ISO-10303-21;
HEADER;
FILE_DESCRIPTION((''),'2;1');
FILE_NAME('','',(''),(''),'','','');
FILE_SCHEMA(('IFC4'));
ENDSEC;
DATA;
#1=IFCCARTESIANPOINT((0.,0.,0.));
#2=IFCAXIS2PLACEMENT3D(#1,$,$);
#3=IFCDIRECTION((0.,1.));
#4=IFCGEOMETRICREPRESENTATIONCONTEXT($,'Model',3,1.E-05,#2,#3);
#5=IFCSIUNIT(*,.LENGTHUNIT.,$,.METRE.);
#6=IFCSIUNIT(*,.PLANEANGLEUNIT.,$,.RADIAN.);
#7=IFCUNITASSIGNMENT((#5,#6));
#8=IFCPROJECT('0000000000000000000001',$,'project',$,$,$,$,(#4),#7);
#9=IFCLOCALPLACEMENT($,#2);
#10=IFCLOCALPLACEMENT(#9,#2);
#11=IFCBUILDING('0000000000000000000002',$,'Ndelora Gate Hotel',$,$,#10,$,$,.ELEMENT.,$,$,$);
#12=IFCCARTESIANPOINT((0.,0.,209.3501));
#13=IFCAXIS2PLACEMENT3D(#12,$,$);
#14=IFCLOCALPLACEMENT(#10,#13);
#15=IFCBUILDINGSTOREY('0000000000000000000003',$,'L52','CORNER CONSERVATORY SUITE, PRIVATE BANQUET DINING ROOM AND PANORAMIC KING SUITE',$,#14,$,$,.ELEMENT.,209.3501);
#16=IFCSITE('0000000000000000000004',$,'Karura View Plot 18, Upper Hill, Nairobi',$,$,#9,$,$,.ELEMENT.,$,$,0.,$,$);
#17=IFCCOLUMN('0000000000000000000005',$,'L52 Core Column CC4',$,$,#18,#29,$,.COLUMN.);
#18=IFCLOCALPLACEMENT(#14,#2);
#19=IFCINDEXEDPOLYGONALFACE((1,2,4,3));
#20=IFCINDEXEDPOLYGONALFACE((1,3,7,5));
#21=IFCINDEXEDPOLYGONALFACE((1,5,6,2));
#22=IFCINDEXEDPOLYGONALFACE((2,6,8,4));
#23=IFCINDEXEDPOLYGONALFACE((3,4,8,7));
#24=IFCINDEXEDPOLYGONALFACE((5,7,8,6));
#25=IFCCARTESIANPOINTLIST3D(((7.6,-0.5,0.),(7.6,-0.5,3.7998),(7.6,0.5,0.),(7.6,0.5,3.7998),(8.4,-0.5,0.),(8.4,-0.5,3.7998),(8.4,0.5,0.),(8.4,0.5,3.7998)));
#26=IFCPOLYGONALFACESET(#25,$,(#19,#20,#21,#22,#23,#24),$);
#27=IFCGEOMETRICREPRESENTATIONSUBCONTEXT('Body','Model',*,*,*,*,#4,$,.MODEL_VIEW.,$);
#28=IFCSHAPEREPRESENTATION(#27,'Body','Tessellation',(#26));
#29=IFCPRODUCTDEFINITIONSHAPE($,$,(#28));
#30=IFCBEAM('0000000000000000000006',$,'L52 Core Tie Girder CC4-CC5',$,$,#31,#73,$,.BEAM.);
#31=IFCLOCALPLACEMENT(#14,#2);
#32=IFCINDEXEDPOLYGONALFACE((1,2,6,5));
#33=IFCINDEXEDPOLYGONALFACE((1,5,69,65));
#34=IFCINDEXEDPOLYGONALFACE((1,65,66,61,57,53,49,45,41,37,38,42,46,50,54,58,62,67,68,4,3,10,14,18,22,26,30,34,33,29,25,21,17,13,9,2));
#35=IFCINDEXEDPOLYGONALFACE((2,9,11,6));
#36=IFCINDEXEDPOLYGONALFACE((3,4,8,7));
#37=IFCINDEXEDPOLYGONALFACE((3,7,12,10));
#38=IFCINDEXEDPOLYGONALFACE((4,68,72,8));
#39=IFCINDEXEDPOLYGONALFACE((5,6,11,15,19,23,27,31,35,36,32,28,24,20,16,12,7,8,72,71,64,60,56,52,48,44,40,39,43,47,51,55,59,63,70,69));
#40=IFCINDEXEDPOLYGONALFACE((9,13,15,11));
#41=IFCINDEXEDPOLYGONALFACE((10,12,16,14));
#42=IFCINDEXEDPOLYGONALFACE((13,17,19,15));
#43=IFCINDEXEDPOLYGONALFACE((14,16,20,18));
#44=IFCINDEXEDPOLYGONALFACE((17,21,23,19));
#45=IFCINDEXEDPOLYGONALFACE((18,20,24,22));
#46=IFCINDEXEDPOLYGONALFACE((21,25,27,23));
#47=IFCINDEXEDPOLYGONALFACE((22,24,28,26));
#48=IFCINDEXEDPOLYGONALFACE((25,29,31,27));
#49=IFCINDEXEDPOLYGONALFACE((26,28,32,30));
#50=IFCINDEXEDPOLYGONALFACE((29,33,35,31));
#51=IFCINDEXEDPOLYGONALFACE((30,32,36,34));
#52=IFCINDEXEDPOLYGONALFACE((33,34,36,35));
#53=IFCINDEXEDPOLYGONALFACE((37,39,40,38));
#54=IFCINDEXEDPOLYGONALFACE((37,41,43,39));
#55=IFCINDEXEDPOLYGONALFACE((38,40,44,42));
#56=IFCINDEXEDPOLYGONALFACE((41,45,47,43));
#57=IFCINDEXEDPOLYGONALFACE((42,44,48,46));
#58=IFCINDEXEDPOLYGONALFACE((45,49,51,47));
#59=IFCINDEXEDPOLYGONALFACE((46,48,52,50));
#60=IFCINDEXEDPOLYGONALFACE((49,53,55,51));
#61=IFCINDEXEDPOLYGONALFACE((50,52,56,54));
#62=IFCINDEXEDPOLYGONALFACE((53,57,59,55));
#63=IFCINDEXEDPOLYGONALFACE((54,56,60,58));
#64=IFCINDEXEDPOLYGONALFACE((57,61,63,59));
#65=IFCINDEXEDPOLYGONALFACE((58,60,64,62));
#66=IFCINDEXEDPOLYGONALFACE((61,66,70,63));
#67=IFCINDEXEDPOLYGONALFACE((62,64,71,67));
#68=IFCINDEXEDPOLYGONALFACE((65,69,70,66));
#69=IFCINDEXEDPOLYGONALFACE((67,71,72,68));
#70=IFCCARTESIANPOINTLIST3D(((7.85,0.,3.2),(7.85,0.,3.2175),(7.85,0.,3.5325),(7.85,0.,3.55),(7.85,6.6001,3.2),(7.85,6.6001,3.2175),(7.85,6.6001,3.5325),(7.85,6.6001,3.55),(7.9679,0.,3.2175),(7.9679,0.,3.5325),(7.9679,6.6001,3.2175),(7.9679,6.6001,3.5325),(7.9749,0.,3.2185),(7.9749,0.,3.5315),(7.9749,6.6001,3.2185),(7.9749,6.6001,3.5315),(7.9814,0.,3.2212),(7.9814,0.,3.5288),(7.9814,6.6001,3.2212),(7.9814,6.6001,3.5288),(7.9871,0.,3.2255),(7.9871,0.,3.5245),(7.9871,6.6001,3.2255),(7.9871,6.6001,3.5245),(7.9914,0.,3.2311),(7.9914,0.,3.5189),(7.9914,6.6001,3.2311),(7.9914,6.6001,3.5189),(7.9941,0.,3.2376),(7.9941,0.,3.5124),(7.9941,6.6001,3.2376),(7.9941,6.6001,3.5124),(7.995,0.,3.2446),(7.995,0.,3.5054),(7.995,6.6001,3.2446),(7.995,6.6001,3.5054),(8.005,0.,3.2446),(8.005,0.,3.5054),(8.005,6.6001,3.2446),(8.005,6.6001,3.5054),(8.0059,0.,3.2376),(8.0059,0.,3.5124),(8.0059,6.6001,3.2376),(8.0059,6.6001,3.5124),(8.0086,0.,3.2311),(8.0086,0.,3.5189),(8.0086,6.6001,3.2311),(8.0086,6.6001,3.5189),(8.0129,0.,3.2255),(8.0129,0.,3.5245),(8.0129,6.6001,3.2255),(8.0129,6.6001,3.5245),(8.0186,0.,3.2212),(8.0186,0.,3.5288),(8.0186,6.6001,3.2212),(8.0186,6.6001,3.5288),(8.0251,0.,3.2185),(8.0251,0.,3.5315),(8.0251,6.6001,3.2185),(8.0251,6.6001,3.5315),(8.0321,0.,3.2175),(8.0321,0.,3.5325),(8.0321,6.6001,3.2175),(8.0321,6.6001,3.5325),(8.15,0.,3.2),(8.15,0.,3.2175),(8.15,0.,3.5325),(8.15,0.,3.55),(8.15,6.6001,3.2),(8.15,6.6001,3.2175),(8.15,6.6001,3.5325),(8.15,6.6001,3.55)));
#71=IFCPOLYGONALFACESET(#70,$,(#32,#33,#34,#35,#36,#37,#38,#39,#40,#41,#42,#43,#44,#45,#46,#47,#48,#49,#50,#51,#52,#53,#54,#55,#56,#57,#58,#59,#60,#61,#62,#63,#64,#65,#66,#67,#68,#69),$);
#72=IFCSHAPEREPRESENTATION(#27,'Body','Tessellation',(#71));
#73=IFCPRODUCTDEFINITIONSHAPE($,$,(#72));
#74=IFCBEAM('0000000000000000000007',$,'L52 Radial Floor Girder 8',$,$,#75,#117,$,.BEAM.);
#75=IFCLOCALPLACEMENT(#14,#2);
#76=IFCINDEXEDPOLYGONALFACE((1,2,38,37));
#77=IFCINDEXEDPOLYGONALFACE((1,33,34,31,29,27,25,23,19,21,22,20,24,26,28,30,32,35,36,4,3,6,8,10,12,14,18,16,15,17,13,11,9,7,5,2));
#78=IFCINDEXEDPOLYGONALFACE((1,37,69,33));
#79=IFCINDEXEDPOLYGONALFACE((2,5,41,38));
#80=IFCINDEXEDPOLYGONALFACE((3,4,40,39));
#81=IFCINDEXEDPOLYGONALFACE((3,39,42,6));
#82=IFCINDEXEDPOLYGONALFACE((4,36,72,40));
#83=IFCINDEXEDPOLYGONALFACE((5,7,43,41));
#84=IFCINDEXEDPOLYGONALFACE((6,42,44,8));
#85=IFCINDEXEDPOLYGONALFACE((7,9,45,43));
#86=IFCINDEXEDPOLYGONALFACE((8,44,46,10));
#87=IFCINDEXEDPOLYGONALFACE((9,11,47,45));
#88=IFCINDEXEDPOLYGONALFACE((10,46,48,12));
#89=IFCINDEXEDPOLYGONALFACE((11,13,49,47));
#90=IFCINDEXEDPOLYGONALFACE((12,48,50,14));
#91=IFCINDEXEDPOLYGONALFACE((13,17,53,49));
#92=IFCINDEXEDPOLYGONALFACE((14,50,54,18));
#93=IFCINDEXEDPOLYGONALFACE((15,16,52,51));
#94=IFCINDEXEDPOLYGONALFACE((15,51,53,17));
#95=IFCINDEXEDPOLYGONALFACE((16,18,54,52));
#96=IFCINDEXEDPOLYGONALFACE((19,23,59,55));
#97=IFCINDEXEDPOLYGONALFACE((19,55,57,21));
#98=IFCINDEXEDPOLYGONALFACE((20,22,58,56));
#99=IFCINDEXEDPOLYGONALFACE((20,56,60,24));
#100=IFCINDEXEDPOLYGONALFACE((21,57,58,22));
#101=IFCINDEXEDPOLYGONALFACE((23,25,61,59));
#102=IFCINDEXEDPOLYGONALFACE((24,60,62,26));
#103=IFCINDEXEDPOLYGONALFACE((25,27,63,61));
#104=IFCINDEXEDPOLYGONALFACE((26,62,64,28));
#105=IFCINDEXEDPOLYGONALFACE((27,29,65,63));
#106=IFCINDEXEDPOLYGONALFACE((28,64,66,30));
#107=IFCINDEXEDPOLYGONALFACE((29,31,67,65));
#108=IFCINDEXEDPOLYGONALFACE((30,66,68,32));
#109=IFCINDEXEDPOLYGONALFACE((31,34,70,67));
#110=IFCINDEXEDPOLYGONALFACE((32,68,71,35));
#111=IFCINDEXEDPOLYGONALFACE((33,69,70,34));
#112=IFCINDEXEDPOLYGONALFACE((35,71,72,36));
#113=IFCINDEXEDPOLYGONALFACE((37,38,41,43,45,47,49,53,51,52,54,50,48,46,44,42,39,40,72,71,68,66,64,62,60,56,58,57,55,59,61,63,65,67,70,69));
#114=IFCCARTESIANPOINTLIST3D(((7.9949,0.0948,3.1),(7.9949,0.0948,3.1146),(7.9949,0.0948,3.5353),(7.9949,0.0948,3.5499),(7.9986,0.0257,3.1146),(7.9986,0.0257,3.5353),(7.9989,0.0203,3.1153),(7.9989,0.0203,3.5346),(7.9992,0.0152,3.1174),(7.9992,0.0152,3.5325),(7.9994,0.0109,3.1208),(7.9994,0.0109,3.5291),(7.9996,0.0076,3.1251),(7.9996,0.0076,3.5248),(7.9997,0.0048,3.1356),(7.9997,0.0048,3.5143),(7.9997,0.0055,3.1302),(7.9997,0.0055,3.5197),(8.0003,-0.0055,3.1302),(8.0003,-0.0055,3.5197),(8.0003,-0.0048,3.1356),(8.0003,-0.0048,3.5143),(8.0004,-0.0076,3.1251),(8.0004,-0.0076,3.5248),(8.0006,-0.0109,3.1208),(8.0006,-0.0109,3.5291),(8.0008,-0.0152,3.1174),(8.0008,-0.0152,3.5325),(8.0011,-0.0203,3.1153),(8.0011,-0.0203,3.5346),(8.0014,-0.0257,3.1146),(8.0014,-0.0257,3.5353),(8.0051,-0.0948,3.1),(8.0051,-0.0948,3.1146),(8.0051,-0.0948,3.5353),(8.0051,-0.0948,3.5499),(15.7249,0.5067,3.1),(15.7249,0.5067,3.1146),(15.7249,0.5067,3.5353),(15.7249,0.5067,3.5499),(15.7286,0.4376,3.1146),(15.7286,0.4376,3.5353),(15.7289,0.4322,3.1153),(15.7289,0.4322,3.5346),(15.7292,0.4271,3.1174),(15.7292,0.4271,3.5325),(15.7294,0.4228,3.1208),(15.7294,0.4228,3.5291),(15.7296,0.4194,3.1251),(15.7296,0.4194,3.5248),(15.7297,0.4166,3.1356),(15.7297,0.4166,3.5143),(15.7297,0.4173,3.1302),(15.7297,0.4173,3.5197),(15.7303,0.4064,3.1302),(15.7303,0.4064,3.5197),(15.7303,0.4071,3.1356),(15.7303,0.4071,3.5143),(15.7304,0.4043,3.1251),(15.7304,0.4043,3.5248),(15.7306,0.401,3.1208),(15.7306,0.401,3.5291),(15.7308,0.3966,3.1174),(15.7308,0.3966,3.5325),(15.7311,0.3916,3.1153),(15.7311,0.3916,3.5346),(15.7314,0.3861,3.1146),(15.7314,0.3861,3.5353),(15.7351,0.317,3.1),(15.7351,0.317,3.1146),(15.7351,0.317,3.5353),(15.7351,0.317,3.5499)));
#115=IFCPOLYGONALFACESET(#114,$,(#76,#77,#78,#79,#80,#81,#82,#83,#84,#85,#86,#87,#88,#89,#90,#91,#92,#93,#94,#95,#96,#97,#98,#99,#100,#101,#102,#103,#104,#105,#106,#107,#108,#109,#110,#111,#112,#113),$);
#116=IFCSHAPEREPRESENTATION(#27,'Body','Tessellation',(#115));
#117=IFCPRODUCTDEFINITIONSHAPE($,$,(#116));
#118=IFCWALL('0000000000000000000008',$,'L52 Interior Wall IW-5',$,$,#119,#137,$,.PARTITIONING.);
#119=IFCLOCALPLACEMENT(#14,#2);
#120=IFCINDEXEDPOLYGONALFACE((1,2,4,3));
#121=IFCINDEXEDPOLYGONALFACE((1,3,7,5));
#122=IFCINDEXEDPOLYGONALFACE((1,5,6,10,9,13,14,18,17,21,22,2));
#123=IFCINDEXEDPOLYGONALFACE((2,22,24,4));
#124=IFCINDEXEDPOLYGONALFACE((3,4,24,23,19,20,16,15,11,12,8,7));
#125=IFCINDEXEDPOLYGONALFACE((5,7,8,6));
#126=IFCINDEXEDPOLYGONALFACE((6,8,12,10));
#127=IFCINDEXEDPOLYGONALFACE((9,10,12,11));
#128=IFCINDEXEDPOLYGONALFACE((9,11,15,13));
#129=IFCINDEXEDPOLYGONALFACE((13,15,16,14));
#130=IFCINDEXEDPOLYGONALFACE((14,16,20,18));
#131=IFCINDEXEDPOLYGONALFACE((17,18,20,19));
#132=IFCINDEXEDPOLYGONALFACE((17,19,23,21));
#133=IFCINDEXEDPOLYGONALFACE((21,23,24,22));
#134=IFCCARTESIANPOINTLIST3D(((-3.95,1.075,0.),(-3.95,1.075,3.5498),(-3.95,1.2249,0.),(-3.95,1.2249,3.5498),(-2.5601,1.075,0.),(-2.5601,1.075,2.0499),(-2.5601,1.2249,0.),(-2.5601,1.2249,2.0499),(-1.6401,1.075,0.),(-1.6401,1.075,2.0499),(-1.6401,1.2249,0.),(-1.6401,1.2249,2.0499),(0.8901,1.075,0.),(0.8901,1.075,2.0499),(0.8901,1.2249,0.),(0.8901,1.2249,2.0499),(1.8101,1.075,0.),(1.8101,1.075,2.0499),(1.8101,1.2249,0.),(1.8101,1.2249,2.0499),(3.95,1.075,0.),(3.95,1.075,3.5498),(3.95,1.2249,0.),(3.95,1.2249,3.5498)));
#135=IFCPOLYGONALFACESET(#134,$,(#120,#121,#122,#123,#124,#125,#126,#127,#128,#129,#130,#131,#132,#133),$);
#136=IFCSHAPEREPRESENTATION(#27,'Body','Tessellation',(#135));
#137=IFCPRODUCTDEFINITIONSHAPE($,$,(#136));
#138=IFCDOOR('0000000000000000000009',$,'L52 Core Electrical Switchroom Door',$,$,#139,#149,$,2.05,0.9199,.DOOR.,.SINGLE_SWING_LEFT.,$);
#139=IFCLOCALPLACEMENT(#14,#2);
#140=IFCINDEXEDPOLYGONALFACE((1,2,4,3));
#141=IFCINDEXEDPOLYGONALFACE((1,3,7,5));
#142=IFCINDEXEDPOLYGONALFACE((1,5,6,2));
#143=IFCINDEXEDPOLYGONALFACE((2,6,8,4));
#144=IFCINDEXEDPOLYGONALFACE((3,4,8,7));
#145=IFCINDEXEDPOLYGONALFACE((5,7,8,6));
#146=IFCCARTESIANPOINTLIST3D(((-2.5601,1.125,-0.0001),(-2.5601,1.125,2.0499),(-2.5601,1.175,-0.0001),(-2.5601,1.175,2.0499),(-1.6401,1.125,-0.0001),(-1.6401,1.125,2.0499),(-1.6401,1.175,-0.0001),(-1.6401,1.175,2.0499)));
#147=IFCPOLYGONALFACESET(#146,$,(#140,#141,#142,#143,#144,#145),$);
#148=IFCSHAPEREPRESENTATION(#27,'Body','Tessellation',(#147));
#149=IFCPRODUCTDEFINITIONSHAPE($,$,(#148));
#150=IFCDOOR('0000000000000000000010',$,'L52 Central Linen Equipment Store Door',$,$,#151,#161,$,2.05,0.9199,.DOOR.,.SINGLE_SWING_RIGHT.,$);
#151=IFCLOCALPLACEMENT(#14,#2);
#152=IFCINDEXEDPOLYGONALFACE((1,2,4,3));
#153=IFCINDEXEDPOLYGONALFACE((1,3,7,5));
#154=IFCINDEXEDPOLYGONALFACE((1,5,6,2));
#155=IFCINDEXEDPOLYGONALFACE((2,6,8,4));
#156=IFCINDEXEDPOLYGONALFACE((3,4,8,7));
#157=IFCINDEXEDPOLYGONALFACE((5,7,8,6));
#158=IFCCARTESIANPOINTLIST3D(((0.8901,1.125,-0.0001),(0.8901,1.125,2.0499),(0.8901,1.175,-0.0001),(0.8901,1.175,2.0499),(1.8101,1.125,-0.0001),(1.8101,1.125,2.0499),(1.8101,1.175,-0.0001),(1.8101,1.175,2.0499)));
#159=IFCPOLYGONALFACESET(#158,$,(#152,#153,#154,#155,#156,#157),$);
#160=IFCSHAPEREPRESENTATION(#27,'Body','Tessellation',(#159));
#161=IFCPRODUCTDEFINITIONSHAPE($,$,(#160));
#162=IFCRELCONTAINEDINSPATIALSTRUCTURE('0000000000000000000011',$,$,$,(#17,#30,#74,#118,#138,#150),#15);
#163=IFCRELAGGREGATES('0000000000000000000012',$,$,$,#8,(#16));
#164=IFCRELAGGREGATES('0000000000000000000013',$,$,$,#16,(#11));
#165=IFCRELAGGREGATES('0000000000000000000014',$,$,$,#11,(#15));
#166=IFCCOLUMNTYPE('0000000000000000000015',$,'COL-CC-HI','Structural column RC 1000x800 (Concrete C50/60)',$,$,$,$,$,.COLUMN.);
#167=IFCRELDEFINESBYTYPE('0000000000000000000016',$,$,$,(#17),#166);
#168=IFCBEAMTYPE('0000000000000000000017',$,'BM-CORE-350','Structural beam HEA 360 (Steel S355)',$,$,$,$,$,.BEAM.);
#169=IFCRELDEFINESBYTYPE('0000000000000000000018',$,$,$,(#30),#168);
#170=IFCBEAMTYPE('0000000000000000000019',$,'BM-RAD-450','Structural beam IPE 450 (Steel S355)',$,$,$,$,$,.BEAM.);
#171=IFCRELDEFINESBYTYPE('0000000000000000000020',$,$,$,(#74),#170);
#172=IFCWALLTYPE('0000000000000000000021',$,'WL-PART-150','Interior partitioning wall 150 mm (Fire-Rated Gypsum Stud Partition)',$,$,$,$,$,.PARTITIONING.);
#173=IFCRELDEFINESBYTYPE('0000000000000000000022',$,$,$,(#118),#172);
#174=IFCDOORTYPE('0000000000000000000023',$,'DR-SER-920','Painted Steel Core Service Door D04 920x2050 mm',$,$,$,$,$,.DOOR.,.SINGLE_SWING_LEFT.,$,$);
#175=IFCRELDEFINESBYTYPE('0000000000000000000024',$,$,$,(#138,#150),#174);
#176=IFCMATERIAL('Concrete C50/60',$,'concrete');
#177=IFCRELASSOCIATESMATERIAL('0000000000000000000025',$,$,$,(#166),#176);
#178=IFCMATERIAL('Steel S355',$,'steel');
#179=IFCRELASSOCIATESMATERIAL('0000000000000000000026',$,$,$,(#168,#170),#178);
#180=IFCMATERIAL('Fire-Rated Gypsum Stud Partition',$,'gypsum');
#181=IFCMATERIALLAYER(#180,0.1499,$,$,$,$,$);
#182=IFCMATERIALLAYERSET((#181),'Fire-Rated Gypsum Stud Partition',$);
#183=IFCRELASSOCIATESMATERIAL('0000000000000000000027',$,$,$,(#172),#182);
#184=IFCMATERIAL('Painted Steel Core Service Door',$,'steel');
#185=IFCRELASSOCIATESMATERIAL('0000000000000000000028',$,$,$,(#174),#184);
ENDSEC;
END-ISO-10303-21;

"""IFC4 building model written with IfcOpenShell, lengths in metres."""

from ifc_helpers import new_model, si_unit, direction, frame, frame_2d, origin, origin_2d, place, context, subcontext, project, spatial, rectangle, i_section, extrude, material, layer, layer_set, material_profile, profile_set, type_object, element, fill, save


model = new_model("IFC4")

# Units and contexts
model_context = context("Model", 3, precision=1e-05, world=origin(), true_north=direction((0.0, 1.0)))
body_context = subcontext(model_context, "Body", "Model", "MODEL_VIEW")
ifc_project = project(units=[si_unit("LENGTHUNIT", "METRE"), si_unit("PLANEANGLEUNIT", "RADIAN")], contexts=[model_context])

# Site, building, storey
site_placement = place(None, origin())
site = spatial("IfcSite", under=ifc_project, at=site_placement, Name="Karura View Plot 18, Upper Hill, Nairobi", CompositionType="ELEMENT", RefElevation=0.0)
building_placement = place(site_placement, origin())
building = spatial("IfcBuilding", under=site, at=building_placement, Name="Ndelora Gate Hotel", CompositionType="ELEMENT")
storey_placement = place(building_placement, frame((0.0, 0.0, 209.3501)))
storey = spatial("IfcBuildingStorey", under=building, at=storey_placement, Name="L52", Description="CORNER CONSERVATORY SUITE, PRIVATE BANQUET DINING ROOM AND PANORAMIC KING SUITE", CompositionType="ELEMENT", Elevation=209.3501)

# Column
ifc_material_1 = material(Name="Concrete C50/60", Category="concrete")
ifc_material_profile_1 = material_profile(ifc_material_1, rectangle(XDim=0.8, YDim=1.0, at=origin_2d()), Name="RC 1000x800")
ifc_profile_set_1 = profile_set([ifc_material_profile_1], Name="Concrete C50/60")
column_type = type_object("IfcColumnType", Name="COL-CC-HI", Description="Structural column RC 1000x800 (Concrete C50/60)", PredefinedType="COLUMN", material=ifc_profile_set_1)
column_placement = place(storey_placement, frame((8.0, 0.0, 0.0), z_axis=(0.0, 0.0, 1.0), x_axis=(1.0, 0.0, 0.0)))
element("IfcColumn", 1, at=column_placement, inside=storey, type_object=column_type, Name="L52 Core Column CC4", PredefinedType="COLUMN", context=body_context, shape_type="SweptSolid", body=[
    extrude(rectangle(XDim=0.8, YDim=1.0, at=origin_2d()), origin(), (0.0, 0.0, 1.0), 3.7998),
])

# Beams
ifc_material_2 = material(Name="Steel S355", Category="steel")
ifc_material_profile_2 = material_profile(ifc_material_2, i_section(OverallWidth=0.3, OverallDepth=0.3501, WebThickness=0.01, FlangeThickness=0.0176, FilletRadius=0.0271, at=origin_2d()), Name="HEA 360")
ifc_profile_set_2 = profile_set([ifc_material_profile_2], Name="Steel S355")
beam_type_1 = type_object("IfcBeamType", Name="BM-CORE-350", Description="Structural beam HEA 360 (Steel S355)", PredefinedType="BEAM", material=ifc_profile_set_2)
beam_1_placement = place(storey_placement, frame((8.0, 0.0, 3.375), z_axis=(0.0, 1.0, 0.0), x_axis=(-1.0, 0.0, 0.0)))
element("IfcBeam", 2, at=beam_1_placement, inside=storey, type_object=beam_type_1, Name="L52 Core Tie Girder CC4-CC5", PredefinedType="BEAM", context=body_context, shape_type="SweptSolid", body=[
    extrude(i_section(OverallWidth=0.3, OverallDepth=0.3501, WebThickness=0.01, FlangeThickness=0.0176, FilletRadius=0.0271, at=origin_2d()), origin(), (0.0, 0.0, 1.0), 6.6001),
])
ifc_material_profile_3 = material_profile(ifc_material_2, i_section(OverallWidth=0.1899, OverallDepth=0.45, WebThickness=0.0095, FlangeThickness=0.0146, FilletRadius=0.021, at=origin_2d()), Name="IPE 450")
ifc_profile_set_3 = profile_set([ifc_material_profile_3], Name="Steel S355")
beam_type_2 = type_object("IfcBeamType", Name="BM-RAD-450", Description="Structural beam IPE 450 (Steel S355)", PredefinedType="BEAM", material=ifc_profile_set_3)
beam_2_placement = place(storey_placement, frame((8.0, 0.0, 3.325), z_axis=(0.998584, 0.053206, 0.0), x_axis=(-0.053206, 0.998584, 0.0)))
element("IfcBeam", 3, at=beam_2_placement, inside=storey, type_object=beam_type_2, Name="L52 Radial Floor Girder 8", PredefinedType="BEAM", context=body_context, shape_type="SweptSolid", body=[
    extrude(i_section(OverallWidth=0.1899, OverallDepth=0.45, WebThickness=0.0095, FlangeThickness=0.0146, FilletRadius=0.021, at=origin_2d()), origin(), (0.0, 0.0, 1.0), 7.741),
])

# Wall, openings, doors
ifc_material_3 = material(Name="Fire-Rated Gypsum Stud Partition", Category="gypsum")
ifc_layer_1 = layer(ifc_material_3, 0.1499)
ifc_layer_set_1 = layer_set([ifc_layer_1], Name="Fire-Rated Gypsum Stud Partition")
wall_type_1 = type_object("IfcWallType", Name="WL-PART-150", Description="Interior partitioning wall 150 mm (Fire-Rated Gypsum Stud Partition)", PredefinedType="PARTITIONING", material=ifc_layer_set_1)
wall_1_placement = place(storey_placement, frame((3.95, 1.1499, 0.0), z_axis=(0.0, 0.0, 1.0), x_axis=(-1.0, 0.0, 0.0)))
wall_1 = element("IfcWall", 4, at=wall_1_placement, inside=storey, type_object=wall_type_1, Name="L52 Interior Wall IW-5", PredefinedType="PARTITIONING", context=body_context, shape_type="SweptSolid", body=[
    extrude(rectangle(XDim=7.8999, YDim=0.1499, at=frame_2d((3.95, 0.0))), origin(), (0.0, 0.0, 1.0), 3.5498),
])
opening_1_placement = place(wall_1_placement, frame((5.5901, 0.0, 0.0)))
opening_1 = element("IfcOpeningElement", 5, at=opening_1_placement, cuts=wall_1, PredefinedType="OPENING", context=body_context, shape_type="SweptSolid", body=[
    extrude(rectangle(XDim=0.9199, YDim=2.05, at=frame_2d((0.46, 1.0249))), frame((0.0, 0.085, 0.0), z_axis=(0.0, -1.0, 0.0), x_axis=(1.0, 0.0, 0.0)), (0.0, 0.0, 1.0), 0.1699),
])
opening_2_placement = place(wall_1_placement, frame((2.1399, 0.0, 0.0)))
opening_2 = element("IfcOpeningElement", 6, at=opening_2_placement, cuts=wall_1, PredefinedType="OPENING", context=body_context, shape_type="SweptSolid", body=[
    extrude(rectangle(XDim=0.9199, YDim=2.05, at=frame_2d((0.46, 1.0249))), frame((0.0, 0.085, 0.0), z_axis=(0.0, -1.0, 0.0), x_axis=(1.0, 0.0, 0.0)), (0.0, 0.0, 1.0), 0.1699),
])
ifc_material_4 = material(Name="Painted Steel Core Service Door", Category="steel")
door_type_1 = type_object("IfcDoorType", Name="DR-SER-920", Description="Painted Steel Core Service Door D04 920x2050 mm", OperationType="SINGLE_SWING_LEFT", PredefinedType="DOOR", material=ifc_material_4)
door_1_placement = place(opening_1_placement, origin())
door_1 = element("IfcDoor", 7, at=door_1_placement, inside=storey, type_object=door_type_1, Name="L52 Core Electrical Switchroom Door", OperationType="SINGLE_SWING_LEFT", OverallHeight=2.05, OverallWidth=0.9199, PredefinedType="DOOR", context=body_context, shape_type="SweptSolid", body=[
    extrude(rectangle(XDim=0.9199, YDim=2.05, at=frame_2d((0.46, 1.0249))), frame((0.0, 0.0249, 0.0), z_axis=(0.0, -1.0, 0.0), x_axis=(1.0, 0.0, 0.0)), (0.0, 0.0, 1.0), 0.05),
])
fill(opening_1, door_1)
door_2_placement = place(opening_2_placement, origin())
door_2 = element("IfcDoor", 8, at=door_2_placement, inside=storey, type_object=door_type_1, Name="L52 Central Linen Equipment Store Door", OperationType="SINGLE_SWING_RIGHT", OverallHeight=2.05, OverallWidth=0.9199, PredefinedType="DOOR", context=body_context, shape_type="SweptSolid", body=[
    extrude(rectangle(XDim=0.9199, YDim=2.05, at=frame_2d((0.46, 1.0249))), frame((0.0, 0.0249, 0.0), z_axis=(0.0, -1.0, 0.0), x_axis=(1.0, 0.0, 0.0)), (0.0, 0.0, 1.0), 0.05),
])
fill(opening_2, door_2)

save(model, "model.ifc")
